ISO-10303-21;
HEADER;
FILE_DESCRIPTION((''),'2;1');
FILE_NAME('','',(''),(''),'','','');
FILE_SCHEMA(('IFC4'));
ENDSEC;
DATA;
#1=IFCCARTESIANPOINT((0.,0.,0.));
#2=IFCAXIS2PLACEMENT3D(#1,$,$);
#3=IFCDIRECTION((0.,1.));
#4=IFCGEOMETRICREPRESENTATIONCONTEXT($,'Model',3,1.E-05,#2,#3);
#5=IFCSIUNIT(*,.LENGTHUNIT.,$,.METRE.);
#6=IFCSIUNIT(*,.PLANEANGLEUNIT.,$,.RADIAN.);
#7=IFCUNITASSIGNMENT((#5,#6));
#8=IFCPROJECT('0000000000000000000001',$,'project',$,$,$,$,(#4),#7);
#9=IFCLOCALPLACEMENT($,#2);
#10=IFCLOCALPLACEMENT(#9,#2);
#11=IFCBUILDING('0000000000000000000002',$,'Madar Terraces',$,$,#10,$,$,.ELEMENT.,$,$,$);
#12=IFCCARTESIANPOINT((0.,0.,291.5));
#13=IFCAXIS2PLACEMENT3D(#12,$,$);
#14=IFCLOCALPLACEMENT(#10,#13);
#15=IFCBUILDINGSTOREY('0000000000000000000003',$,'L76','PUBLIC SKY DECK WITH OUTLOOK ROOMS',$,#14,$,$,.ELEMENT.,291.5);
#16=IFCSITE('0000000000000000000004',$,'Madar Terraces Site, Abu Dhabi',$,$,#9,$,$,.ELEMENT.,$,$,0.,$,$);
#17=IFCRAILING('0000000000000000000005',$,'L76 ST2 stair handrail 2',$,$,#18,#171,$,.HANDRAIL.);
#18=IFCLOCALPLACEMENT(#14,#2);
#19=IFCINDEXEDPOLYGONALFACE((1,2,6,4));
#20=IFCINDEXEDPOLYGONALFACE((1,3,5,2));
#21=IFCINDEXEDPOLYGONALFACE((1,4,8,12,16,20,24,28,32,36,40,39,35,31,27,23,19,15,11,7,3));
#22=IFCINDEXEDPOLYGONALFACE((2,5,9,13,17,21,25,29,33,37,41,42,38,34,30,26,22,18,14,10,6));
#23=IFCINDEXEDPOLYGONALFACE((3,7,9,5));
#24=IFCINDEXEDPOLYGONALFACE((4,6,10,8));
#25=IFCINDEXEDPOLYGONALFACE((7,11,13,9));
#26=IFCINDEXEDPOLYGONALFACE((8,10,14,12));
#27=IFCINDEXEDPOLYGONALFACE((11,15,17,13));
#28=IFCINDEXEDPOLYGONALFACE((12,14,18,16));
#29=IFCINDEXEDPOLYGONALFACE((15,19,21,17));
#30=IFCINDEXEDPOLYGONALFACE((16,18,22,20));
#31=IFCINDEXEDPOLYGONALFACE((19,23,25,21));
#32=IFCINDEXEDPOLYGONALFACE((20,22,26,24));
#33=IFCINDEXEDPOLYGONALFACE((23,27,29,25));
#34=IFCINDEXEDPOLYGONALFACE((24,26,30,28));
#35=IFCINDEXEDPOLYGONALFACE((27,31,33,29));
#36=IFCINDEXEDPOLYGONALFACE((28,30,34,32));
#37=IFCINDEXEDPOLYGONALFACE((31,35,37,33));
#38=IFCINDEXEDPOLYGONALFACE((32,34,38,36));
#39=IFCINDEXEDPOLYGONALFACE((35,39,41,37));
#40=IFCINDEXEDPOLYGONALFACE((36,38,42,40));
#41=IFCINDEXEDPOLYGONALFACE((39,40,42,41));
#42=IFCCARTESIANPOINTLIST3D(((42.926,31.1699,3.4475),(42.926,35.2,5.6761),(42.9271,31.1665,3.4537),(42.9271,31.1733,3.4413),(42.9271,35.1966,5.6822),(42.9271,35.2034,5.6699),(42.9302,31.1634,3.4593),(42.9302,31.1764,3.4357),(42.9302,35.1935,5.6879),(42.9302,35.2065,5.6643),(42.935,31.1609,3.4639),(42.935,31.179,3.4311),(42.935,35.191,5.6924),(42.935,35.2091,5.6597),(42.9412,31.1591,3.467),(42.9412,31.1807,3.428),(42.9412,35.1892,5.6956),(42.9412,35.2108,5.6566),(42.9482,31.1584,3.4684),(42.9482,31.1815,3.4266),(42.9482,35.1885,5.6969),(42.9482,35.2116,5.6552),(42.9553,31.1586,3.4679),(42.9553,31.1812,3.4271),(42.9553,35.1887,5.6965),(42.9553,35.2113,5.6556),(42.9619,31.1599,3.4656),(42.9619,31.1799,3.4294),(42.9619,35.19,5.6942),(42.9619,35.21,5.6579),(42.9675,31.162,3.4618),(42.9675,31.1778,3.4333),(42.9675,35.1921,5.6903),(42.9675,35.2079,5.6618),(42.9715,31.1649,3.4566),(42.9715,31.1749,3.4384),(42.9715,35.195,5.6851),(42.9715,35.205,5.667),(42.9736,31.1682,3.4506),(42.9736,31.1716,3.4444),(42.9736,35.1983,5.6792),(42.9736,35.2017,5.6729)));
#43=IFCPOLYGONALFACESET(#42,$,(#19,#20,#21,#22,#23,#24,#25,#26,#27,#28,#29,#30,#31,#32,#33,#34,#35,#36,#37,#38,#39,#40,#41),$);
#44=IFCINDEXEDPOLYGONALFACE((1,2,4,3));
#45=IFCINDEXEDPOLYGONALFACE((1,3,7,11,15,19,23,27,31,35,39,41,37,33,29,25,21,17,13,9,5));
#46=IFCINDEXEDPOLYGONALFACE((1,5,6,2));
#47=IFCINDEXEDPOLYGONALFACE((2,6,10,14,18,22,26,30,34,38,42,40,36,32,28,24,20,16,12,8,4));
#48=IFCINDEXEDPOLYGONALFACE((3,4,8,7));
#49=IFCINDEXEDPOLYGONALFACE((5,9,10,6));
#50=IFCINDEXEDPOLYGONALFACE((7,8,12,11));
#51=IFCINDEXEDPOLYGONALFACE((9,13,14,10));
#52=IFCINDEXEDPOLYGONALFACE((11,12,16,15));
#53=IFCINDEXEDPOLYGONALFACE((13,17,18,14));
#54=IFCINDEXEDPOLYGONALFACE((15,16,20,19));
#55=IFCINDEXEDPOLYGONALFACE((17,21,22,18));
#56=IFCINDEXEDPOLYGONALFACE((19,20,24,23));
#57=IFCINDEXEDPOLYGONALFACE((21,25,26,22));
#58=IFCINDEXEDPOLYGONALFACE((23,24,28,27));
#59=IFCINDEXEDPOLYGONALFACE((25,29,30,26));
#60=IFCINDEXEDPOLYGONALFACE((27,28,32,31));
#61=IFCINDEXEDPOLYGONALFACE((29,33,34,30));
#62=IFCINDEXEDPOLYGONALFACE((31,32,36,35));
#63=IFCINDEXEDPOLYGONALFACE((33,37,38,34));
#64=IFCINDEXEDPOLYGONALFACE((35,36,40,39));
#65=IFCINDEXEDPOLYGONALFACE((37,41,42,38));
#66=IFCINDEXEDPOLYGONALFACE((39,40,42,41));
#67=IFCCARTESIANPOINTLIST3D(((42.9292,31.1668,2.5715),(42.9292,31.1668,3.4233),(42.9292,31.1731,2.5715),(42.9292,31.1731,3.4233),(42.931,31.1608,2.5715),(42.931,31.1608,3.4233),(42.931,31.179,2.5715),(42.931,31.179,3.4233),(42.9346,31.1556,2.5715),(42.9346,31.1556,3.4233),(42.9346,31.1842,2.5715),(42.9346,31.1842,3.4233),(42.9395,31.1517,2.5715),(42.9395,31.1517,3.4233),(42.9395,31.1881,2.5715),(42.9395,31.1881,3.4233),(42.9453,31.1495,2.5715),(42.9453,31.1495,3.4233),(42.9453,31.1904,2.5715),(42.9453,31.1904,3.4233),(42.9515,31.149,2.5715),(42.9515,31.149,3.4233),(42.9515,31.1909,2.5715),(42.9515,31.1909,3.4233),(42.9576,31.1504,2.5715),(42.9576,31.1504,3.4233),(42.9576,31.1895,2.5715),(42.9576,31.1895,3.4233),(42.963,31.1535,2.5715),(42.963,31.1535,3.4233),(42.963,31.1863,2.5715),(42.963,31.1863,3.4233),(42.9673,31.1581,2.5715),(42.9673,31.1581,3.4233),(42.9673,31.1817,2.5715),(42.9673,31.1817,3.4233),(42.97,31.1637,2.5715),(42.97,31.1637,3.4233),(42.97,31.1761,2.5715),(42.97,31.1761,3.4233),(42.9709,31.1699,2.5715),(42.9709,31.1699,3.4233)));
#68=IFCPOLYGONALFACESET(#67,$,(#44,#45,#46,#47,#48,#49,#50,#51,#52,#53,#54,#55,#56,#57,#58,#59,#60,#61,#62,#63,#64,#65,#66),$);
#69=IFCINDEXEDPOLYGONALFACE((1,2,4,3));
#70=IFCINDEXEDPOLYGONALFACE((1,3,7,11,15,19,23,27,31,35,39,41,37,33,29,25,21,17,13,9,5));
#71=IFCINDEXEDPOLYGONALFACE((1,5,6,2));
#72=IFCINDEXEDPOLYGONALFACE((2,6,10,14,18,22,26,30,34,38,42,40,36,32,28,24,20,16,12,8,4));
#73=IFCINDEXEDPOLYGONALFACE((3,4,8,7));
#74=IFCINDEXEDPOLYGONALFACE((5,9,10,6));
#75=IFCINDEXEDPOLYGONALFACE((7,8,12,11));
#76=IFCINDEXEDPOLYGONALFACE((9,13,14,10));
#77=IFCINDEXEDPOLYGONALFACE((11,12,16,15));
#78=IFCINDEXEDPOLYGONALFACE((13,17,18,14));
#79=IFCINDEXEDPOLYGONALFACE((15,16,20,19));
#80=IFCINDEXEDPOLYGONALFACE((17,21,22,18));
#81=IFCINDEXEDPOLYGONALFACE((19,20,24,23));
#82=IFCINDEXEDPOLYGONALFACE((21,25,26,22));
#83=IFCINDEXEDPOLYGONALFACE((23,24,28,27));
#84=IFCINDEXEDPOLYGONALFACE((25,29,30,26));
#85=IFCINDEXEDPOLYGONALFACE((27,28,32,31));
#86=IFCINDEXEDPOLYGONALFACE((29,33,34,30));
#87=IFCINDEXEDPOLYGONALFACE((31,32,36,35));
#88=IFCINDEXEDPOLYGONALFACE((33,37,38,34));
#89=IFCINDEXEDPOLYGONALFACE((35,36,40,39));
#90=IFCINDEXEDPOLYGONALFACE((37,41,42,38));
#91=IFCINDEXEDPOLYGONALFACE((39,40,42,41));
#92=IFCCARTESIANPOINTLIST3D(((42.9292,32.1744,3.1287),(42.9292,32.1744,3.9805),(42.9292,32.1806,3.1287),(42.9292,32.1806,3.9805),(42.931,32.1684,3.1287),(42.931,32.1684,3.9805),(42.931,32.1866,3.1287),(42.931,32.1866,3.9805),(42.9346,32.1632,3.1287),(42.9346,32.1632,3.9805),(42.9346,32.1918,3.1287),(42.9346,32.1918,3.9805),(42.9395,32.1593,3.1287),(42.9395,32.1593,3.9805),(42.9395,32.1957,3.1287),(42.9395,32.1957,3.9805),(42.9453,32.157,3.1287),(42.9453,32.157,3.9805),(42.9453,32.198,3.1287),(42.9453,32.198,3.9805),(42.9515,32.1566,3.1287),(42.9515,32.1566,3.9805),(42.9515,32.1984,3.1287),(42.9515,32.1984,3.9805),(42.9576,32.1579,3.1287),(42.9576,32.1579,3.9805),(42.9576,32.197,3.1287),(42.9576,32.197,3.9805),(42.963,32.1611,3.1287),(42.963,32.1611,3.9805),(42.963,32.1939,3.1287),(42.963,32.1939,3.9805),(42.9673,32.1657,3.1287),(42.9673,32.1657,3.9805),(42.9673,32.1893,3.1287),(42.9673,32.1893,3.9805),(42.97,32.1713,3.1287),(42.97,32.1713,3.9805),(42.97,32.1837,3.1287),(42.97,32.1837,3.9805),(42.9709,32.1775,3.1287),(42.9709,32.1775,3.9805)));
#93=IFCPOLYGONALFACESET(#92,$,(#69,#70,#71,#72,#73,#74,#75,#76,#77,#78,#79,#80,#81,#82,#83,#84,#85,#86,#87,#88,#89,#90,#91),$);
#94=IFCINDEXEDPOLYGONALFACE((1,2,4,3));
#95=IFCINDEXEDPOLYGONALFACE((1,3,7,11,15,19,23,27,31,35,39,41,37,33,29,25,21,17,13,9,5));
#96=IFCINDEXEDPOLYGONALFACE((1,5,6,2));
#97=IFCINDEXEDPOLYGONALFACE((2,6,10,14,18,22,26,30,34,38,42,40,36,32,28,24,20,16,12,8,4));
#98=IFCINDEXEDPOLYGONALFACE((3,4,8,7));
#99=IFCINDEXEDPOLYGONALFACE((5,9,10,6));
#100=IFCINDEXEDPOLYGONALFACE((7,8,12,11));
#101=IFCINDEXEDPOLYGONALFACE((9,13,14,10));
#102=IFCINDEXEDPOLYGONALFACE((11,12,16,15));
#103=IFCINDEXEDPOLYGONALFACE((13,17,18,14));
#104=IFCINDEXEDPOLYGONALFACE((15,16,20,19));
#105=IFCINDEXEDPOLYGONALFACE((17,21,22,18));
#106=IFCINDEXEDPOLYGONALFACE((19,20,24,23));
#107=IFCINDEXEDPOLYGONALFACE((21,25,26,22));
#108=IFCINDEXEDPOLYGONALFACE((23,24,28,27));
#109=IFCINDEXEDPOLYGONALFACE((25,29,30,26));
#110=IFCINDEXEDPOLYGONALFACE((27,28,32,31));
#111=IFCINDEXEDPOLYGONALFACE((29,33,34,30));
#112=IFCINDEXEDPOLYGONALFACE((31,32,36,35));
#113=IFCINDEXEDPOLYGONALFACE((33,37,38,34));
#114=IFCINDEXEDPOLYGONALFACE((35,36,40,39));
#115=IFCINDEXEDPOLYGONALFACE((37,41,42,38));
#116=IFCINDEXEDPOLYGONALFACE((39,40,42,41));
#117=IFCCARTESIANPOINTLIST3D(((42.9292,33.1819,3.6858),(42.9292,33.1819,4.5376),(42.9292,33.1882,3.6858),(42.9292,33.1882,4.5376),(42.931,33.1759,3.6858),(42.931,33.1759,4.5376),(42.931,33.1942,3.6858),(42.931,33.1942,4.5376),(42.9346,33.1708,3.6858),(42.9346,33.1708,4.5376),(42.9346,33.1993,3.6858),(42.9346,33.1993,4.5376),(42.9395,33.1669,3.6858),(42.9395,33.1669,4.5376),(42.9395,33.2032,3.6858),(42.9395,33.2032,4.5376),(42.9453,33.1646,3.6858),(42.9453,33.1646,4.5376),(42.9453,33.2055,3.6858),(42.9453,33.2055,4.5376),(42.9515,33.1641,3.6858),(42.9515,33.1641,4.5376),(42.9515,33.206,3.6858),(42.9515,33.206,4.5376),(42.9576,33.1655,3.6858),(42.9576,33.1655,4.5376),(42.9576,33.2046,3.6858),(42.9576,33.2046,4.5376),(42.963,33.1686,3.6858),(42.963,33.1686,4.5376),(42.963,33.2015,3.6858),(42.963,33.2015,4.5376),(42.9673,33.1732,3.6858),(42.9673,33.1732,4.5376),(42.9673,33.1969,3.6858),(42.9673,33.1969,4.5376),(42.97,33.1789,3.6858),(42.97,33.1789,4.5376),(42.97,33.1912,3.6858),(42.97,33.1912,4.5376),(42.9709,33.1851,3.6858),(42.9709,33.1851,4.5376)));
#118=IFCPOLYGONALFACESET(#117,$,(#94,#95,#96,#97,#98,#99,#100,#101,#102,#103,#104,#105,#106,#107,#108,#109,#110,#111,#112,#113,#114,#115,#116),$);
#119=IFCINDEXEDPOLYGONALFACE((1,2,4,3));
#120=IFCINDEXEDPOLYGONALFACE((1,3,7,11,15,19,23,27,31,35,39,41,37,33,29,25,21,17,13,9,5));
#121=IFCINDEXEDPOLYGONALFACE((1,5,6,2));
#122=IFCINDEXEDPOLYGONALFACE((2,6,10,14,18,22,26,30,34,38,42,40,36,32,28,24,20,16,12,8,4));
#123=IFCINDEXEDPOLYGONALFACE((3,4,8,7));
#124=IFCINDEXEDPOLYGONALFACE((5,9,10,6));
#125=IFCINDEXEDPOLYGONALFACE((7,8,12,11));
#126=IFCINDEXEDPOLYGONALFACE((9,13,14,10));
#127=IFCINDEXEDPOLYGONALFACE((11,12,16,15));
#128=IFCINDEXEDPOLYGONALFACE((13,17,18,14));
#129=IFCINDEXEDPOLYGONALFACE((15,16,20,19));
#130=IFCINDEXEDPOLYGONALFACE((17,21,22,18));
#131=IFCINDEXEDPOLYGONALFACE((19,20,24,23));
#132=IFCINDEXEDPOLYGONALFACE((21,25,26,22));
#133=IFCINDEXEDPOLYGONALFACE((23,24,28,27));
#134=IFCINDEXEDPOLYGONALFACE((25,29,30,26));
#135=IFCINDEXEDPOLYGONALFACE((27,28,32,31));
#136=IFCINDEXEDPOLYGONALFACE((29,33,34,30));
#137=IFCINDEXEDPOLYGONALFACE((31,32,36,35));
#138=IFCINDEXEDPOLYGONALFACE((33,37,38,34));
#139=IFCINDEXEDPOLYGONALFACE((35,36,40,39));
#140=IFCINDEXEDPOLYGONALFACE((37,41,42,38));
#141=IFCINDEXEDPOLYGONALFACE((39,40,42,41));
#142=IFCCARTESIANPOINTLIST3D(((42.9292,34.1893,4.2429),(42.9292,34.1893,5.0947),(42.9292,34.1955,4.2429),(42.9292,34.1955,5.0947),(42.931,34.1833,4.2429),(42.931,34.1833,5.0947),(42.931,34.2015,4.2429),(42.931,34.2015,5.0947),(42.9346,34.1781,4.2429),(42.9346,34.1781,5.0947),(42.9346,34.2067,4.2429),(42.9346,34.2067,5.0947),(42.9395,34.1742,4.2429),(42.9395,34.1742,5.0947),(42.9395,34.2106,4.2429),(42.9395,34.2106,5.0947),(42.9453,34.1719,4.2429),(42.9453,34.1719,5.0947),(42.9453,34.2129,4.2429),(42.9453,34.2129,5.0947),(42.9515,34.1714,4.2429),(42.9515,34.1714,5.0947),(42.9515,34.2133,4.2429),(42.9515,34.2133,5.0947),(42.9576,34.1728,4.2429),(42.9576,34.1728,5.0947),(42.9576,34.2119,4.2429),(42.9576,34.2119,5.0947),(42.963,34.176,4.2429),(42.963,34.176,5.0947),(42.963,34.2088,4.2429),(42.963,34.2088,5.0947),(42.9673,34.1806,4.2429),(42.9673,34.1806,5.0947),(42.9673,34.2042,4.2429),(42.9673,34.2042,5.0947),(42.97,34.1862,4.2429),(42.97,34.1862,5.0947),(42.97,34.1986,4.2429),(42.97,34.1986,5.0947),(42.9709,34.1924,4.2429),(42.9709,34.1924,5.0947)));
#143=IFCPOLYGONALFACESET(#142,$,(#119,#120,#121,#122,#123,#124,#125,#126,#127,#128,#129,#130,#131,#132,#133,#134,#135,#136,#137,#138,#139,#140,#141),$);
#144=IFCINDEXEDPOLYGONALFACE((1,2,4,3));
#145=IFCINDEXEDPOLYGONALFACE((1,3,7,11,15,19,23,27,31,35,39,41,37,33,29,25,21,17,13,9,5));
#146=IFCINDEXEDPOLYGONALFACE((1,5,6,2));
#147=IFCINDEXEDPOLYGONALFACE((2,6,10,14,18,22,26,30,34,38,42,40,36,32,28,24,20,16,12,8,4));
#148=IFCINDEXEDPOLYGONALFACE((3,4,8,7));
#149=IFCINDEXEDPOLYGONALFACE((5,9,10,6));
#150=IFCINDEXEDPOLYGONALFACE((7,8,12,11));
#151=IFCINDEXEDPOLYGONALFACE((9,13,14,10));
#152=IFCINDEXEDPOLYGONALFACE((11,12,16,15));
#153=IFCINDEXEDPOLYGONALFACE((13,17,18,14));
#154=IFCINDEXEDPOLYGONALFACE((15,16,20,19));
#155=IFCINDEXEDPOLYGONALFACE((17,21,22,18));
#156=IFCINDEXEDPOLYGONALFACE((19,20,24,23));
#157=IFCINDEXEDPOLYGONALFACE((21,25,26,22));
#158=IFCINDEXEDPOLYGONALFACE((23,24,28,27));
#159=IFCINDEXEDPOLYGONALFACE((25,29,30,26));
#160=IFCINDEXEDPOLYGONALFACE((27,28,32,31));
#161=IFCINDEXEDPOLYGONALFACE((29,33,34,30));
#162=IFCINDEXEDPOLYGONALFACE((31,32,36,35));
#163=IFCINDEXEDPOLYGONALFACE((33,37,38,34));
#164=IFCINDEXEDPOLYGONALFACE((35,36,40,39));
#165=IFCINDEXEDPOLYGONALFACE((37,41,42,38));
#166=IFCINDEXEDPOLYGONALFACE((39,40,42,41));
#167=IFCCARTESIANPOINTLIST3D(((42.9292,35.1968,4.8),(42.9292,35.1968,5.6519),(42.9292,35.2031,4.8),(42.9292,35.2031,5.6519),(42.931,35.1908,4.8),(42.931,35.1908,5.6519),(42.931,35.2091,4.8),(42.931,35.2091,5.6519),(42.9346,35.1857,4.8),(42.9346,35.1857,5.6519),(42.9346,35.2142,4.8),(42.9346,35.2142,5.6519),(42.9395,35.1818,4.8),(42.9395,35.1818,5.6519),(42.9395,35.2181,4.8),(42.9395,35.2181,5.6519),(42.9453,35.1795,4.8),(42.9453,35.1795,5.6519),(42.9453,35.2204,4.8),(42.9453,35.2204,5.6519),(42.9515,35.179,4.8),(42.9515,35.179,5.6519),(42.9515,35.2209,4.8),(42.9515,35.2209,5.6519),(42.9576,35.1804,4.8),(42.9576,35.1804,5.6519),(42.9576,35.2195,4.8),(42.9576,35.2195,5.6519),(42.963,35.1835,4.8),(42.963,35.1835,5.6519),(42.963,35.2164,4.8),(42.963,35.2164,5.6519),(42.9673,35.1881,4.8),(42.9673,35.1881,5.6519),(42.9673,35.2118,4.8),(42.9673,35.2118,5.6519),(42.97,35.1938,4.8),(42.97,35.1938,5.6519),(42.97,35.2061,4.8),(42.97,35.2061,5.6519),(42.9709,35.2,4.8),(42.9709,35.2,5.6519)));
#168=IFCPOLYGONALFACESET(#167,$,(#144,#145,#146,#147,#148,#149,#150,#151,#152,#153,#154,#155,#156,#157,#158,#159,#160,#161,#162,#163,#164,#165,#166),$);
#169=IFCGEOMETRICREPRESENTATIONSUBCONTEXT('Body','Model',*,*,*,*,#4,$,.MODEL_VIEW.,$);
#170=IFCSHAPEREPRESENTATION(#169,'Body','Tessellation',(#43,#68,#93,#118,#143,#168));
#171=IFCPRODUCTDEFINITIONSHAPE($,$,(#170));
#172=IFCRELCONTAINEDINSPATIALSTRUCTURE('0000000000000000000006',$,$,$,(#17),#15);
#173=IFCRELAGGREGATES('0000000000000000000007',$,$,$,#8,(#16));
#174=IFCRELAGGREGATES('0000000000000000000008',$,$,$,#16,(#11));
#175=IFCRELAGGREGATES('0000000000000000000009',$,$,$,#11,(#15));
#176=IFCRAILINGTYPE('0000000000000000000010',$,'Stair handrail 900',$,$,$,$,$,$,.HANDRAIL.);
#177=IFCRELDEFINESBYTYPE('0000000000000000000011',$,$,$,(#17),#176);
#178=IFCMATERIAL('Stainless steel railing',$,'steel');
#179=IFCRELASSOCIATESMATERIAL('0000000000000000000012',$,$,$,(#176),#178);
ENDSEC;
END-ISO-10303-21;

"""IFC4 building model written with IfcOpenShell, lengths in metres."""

from ifc_helpers import new_model, si_unit, direction, frame, origin, origin_2d, place, context, subcontext, project, spatial, circle, extrude, material, type_object, element, save


model = new_model("IFC4")

# Units and contexts
model_context = context("Model", 3, precision=1e-05, world=origin(), true_north=direction((0.0, 1.0)))
body_context = subcontext(model_context, "Body", "Model", "MODEL_VIEW")
ifc_project = project(units=[si_unit("LENGTHUNIT", "METRE"), si_unit("PLANEANGLEUNIT", "RADIAN")], contexts=[model_context])

# Site, building, storey
site_placement = place(None, origin())
site = spatial("IfcSite", under=ifc_project, at=site_placement, Name="Madar Terraces Site, Abu Dhabi", CompositionType="ELEMENT", RefElevation=0.0)
building_placement = place(site_placement, origin())
building = spatial("IfcBuilding", under=site, at=building_placement, Name="Madar Terraces", CompositionType="ELEMENT")
storey_placement = place(building_placement, frame((0.0, 0.0, 291.5)))
storey = spatial("IfcBuildingStorey", under=building, at=storey_placement, Name="L76", Description="PUBLIC SKY DECK WITH OUTLOOK ROOMS", CompositionType="ELEMENT", Elevation=291.5)

# Railing
ifc_material_1 = material(Name="Stainless steel railing", Category="steel")
railing_type_1 = type_object("IfcRailingType", Name="Stair handrail 900", PredefinedType="HANDRAIL", material=ifc_material_1)
railing_1_placement = place(storey_placement, frame((42.95, 31.1699, 2.5715)))
element("IfcRailing", 1, at=railing_1_placement, inside=storey, type_object=railing_type_1, Name="L76 ST2 stair handrail 2", PredefinedType="HANDRAIL", context=body_context, shape_type="SweptSolid", body=[
    extrude(circle(Radius=0.0239, at=origin_2d()), frame((0.0, 0.0, 0.876), z_axis=(0.0, 0.875113, 0.483918), x_axis=(-1.0, 0.0, 0.0)), (0.0, 0.0, 1.0), 4.6052),
    extrude(circle(Radius=0.021, at=origin_2d()), origin(), (0.0, 0.0, 1.0), 0.8518),
    extrude(circle(Radius=0.021, at=origin_2d()), frame((0.0, 1.0076, 0.5571)), (0.0, 0.0, 1.0), 0.8518),
    extrude(circle(Radius=0.021, at=origin_2d()), frame((0.0, 2.0151, 1.1143)), (0.0, 0.0, 1.0), 0.8518),
    extrude(circle(Radius=0.021, at=origin_2d()), frame((0.0, 3.0225, 1.6714)), (0.0, 0.0, 1.0), 0.8518),
    extrude(circle(Radius=0.021, at=origin_2d()), frame((0.0, 4.03, 2.2285)), (0.0, 0.0, 1.0), 0.8518),
])

save(model, "model.ifc")
